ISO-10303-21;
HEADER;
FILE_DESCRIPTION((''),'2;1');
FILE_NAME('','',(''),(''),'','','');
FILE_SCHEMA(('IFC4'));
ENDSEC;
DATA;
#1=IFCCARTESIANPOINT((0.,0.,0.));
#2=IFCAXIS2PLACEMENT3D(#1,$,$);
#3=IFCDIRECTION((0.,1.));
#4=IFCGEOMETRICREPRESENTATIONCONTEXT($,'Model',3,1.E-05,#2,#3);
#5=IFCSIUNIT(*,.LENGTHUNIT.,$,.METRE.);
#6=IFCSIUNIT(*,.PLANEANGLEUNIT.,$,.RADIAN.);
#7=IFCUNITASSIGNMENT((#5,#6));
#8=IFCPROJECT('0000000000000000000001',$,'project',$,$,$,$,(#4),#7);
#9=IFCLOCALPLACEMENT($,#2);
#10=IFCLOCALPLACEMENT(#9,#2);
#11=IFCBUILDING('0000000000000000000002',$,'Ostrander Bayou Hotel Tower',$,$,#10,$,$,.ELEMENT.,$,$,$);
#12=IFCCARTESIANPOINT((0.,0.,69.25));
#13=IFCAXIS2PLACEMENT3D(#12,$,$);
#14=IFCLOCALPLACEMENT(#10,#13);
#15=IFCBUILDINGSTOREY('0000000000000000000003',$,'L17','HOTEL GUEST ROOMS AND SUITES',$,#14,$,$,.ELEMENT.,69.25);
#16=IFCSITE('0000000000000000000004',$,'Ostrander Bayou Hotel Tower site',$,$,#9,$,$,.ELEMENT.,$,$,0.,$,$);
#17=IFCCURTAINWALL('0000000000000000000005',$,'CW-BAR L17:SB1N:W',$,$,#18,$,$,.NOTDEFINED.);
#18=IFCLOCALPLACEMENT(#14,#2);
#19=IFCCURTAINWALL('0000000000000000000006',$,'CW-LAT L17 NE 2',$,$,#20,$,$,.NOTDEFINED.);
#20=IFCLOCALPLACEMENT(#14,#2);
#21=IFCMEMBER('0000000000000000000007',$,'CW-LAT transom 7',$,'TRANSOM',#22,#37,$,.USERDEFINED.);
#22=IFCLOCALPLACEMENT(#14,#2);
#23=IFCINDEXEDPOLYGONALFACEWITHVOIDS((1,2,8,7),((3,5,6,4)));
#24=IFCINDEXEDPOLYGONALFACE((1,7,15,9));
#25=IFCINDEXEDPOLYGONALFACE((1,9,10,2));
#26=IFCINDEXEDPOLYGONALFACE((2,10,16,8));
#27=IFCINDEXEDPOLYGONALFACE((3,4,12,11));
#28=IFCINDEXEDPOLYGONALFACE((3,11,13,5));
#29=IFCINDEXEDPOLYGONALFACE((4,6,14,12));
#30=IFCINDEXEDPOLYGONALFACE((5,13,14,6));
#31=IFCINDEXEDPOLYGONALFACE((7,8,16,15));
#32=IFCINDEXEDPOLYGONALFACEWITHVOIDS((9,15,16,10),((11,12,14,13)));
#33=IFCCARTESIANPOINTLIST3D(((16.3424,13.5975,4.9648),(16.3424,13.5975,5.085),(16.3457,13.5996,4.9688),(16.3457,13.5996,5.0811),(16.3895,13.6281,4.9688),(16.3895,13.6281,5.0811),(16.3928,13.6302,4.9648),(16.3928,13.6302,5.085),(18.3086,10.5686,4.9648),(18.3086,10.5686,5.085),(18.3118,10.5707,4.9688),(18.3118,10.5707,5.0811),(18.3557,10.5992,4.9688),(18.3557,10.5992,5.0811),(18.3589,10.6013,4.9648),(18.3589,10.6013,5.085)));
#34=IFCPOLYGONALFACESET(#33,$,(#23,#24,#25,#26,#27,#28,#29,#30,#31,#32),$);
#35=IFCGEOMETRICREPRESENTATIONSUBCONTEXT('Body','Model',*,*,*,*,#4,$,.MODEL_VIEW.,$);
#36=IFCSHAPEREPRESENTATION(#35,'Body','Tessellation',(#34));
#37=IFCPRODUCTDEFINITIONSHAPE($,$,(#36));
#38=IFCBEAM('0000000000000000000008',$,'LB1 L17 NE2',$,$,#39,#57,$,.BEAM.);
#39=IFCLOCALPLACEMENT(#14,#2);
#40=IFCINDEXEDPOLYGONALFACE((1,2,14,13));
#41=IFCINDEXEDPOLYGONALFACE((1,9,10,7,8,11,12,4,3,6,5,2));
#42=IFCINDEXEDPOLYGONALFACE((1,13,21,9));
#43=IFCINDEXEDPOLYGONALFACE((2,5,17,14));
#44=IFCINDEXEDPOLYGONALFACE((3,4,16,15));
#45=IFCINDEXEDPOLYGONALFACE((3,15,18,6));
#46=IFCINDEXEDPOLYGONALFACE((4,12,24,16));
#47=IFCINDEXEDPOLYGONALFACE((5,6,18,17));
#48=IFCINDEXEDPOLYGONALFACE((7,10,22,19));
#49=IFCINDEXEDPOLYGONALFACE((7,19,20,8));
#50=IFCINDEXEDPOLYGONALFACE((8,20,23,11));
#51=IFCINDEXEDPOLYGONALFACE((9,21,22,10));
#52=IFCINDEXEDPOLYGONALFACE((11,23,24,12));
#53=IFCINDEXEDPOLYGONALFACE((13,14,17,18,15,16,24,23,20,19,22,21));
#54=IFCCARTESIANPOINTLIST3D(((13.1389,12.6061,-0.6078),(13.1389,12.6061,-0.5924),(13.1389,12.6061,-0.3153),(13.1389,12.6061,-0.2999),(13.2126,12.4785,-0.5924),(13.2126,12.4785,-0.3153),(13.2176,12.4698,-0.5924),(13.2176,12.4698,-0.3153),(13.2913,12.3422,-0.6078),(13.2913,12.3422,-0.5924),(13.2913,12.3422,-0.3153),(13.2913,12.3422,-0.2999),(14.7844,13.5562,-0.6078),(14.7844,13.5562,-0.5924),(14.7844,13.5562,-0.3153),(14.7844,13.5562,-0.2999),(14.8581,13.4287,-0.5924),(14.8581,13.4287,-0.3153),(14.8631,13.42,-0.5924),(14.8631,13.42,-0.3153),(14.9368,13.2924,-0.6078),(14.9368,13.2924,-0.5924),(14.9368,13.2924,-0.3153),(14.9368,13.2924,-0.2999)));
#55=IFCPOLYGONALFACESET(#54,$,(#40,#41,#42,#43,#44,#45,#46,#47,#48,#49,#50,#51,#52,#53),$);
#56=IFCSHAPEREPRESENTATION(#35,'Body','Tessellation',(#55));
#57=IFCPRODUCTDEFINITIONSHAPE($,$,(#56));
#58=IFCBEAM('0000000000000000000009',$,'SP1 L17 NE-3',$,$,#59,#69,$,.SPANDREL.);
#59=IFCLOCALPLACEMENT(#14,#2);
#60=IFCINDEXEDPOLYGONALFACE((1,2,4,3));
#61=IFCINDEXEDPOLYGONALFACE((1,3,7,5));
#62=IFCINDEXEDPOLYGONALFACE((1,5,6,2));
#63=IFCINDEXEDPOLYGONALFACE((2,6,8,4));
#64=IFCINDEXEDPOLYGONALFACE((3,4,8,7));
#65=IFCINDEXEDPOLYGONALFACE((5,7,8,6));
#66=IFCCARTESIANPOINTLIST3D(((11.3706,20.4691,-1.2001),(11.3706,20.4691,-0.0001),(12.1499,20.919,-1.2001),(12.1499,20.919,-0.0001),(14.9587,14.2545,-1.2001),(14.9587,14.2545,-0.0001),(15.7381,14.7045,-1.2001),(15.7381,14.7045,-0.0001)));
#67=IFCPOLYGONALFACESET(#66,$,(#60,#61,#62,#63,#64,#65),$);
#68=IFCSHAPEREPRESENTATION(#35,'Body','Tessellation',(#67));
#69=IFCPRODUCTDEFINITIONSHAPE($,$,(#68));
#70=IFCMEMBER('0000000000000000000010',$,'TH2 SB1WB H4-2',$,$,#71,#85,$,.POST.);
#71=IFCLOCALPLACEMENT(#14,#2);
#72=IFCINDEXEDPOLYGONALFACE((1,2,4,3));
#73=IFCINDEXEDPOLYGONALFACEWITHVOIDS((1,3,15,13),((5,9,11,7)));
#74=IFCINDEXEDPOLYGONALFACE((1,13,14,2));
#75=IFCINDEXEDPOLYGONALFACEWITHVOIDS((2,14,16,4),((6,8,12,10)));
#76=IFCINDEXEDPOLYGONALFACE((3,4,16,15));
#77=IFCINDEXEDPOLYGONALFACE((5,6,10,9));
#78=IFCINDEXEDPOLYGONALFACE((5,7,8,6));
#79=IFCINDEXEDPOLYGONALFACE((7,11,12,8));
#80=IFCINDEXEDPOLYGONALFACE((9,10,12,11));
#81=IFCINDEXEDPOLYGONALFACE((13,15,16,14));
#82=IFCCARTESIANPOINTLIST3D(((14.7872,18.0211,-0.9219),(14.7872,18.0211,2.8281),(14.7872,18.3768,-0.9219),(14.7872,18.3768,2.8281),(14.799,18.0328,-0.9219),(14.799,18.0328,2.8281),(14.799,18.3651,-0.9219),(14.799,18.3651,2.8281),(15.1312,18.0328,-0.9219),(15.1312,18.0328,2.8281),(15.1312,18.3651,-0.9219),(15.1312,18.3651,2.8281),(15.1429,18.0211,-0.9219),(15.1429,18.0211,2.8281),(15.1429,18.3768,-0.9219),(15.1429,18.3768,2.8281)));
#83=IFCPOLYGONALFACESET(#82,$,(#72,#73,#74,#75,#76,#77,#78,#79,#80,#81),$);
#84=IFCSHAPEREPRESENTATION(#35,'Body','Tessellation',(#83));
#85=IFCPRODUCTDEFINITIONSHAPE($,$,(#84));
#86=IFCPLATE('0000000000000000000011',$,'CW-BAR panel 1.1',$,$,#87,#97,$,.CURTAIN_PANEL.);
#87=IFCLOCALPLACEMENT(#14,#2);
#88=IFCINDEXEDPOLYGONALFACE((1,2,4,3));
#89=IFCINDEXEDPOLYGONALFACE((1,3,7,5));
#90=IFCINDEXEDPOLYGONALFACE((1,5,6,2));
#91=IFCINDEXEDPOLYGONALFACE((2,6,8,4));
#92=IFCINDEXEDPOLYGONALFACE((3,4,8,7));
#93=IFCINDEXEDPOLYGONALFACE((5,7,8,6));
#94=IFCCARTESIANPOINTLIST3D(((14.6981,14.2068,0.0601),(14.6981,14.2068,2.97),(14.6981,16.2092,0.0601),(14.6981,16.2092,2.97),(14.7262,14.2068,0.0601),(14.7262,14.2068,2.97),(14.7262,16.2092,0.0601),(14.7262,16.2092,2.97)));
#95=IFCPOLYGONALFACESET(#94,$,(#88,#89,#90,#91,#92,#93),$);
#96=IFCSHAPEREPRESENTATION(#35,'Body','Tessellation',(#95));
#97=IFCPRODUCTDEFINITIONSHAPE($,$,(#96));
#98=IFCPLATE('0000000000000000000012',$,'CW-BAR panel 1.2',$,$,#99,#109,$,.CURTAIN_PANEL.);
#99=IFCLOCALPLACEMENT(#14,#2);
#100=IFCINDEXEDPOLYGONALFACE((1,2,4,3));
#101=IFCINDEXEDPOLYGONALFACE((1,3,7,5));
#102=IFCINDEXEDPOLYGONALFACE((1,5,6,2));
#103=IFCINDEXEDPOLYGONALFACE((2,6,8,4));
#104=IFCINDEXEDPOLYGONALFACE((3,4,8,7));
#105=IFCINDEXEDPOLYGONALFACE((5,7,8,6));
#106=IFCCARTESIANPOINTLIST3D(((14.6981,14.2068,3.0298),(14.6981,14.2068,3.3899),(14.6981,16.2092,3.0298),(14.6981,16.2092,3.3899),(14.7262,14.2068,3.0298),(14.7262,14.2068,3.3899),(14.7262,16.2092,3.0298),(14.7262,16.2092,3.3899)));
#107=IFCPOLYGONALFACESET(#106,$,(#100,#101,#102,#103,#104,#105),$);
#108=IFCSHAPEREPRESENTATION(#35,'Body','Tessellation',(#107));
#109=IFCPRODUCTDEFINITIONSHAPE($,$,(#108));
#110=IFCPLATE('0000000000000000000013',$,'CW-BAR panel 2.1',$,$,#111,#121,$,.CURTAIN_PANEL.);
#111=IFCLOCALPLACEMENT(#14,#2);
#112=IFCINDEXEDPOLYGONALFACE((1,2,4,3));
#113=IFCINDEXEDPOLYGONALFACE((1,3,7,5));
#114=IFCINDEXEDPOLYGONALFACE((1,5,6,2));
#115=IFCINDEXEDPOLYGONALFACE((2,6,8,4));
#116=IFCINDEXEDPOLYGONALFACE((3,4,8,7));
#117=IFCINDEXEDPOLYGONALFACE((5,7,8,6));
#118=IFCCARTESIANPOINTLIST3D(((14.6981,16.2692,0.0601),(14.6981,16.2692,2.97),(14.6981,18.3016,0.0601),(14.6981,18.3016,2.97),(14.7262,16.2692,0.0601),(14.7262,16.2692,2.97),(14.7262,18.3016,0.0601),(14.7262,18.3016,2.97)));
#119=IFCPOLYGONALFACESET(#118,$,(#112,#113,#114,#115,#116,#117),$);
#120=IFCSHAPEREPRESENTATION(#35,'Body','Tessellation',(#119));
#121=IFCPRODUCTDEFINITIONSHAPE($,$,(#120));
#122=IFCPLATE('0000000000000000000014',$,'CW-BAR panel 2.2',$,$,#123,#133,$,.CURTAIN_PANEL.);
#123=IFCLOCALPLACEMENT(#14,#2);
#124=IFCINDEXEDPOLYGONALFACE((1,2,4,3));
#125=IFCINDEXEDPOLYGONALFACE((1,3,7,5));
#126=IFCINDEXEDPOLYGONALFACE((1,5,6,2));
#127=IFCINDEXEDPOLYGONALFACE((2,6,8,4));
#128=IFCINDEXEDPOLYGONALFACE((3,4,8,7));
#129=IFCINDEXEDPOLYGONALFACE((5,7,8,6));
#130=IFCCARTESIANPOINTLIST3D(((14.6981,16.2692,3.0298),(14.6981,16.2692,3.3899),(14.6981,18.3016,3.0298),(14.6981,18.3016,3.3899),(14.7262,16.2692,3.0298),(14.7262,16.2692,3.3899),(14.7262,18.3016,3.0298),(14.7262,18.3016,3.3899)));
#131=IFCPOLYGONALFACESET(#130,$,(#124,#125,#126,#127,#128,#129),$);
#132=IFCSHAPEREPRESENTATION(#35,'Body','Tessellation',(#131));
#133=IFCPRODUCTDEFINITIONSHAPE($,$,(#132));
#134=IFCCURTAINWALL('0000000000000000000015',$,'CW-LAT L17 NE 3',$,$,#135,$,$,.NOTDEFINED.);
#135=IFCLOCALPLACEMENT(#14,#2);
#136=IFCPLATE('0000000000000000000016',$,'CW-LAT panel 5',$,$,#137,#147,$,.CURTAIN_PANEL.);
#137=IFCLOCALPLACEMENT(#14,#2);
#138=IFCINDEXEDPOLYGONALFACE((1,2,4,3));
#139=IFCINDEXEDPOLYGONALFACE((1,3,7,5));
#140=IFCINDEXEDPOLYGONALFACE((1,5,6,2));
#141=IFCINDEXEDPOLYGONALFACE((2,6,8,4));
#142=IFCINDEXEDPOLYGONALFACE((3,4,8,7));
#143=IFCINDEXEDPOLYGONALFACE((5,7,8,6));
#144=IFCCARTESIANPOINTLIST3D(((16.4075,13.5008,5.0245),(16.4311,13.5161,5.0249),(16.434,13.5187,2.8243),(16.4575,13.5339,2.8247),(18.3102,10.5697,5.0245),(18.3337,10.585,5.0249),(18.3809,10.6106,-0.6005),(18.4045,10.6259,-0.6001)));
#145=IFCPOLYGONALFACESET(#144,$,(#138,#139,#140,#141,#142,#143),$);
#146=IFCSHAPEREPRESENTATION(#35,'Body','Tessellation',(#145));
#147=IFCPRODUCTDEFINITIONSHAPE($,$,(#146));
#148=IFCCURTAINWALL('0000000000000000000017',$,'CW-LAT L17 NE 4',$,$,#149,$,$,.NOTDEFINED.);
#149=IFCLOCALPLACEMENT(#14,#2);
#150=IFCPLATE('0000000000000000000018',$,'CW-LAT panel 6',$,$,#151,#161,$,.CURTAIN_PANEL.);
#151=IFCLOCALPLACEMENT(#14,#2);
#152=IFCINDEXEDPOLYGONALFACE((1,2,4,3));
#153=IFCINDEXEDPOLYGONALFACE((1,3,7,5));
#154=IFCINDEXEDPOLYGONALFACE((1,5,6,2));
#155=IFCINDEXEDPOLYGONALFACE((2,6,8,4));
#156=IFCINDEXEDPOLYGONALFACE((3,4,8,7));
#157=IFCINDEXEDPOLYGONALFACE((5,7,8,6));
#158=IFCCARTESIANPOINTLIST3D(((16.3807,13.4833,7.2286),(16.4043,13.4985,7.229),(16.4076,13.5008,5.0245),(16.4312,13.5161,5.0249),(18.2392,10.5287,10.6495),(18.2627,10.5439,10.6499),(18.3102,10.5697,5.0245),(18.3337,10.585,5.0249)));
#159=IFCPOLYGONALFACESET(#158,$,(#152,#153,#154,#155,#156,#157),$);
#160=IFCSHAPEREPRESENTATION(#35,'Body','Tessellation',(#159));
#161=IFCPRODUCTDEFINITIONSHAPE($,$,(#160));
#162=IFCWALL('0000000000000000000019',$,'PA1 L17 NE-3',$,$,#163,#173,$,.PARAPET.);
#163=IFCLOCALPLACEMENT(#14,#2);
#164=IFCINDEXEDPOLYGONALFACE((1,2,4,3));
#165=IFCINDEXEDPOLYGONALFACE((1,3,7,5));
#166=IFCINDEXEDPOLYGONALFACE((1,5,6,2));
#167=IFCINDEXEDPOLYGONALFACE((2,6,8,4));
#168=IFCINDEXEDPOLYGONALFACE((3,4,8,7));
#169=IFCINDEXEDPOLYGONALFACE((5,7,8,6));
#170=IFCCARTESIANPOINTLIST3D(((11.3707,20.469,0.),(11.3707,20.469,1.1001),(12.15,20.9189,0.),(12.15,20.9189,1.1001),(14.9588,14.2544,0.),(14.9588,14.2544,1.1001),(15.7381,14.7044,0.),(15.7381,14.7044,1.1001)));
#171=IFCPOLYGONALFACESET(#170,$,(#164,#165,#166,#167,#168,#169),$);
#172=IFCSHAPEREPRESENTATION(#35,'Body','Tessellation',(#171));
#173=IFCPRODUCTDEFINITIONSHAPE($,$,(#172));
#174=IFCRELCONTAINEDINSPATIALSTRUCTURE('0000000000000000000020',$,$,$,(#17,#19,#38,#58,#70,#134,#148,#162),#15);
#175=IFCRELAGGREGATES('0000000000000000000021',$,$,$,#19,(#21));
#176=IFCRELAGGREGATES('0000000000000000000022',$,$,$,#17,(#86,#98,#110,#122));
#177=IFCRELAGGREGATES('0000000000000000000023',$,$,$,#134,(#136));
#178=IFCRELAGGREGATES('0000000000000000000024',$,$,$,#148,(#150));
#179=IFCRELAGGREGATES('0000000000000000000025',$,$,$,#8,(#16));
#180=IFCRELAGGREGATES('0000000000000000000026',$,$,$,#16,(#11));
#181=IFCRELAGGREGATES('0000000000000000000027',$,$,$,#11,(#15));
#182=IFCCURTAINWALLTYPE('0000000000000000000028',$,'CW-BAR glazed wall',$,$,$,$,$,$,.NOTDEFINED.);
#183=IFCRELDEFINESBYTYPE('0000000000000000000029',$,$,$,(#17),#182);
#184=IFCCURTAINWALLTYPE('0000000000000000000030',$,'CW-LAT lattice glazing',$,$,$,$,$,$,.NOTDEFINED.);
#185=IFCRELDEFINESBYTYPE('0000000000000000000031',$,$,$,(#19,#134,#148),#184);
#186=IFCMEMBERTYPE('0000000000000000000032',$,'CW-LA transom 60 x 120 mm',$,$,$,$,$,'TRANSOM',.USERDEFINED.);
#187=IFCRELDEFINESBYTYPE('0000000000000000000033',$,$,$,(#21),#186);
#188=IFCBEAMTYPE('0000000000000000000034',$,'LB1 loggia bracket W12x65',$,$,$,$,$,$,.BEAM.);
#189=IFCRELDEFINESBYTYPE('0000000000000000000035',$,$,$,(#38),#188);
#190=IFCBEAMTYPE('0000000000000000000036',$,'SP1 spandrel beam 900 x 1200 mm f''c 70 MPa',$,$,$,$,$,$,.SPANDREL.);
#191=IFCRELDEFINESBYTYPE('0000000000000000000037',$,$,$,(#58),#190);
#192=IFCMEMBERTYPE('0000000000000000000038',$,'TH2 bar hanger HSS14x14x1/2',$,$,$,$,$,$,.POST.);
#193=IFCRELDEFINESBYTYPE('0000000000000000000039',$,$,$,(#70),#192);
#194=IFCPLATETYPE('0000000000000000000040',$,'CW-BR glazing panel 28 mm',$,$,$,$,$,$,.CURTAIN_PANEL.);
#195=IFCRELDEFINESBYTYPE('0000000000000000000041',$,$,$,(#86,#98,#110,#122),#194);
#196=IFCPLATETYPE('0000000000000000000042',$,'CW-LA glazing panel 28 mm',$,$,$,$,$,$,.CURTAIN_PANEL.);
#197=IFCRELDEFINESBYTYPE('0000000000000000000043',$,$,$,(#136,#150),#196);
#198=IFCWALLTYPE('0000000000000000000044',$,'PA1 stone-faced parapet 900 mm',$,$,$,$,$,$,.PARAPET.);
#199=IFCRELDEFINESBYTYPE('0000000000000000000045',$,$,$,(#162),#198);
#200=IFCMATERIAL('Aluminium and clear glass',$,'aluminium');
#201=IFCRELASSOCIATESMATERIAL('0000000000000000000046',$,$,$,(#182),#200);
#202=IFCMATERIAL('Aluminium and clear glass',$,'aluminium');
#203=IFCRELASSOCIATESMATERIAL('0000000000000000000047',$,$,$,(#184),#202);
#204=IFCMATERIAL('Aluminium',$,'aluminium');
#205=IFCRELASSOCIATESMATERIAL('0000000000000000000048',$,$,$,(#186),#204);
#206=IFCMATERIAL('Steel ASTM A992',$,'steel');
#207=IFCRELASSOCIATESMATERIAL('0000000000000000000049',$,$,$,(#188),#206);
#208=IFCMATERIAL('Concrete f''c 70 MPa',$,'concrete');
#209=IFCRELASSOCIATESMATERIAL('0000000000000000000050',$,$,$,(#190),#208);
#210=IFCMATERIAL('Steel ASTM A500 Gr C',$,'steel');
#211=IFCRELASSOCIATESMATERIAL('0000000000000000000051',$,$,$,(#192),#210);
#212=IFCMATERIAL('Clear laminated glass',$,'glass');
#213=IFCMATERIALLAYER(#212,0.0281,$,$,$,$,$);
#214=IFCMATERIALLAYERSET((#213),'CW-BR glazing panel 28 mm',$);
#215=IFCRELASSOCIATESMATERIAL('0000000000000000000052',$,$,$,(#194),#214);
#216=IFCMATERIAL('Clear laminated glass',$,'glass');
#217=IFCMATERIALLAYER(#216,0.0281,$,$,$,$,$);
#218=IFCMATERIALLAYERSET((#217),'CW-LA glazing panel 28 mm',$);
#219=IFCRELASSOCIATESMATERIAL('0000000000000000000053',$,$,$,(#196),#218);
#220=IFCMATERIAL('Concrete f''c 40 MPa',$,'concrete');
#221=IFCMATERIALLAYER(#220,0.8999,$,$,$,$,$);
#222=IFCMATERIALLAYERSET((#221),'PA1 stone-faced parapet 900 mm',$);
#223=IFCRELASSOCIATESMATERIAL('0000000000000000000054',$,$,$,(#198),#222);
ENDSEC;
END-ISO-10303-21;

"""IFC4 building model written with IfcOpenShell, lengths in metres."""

from ifc_helpers import new_model, si_unit, direction, frame, frame_2d, origin, origin_2d, place, context, subcontext, project, spatial, polyline, rectangle, hollow_rectangle, i_section, outline, extrude, material, layer, layer_set, material_profile, profile_set, type_object, element, aggregate, save


model = new_model("IFC4")

# Units and contexts
model_context = context("Model", 3, precision=1e-05, world=origin(), true_north=direction((0.0, 1.0)))
body_context = subcontext(model_context, "Body", "Model", "MODEL_VIEW")
ifc_project = project(units=[si_unit("LENGTHUNIT", "METRE"), si_unit("PLANEANGLEUNIT", "RADIAN")], contexts=[model_context])

# Site, building, storey
site_placement = place(None, origin())
site = spatial("IfcSite", under=ifc_project, at=site_placement, Name="Ostrander Bayou Hotel Tower site", CompositionType="ELEMENT", RefElevation=0.0)
building_placement = place(site_placement, origin())
building = spatial("IfcBuilding", under=site, at=building_placement, Name="Ostrander Bayou Hotel Tower", CompositionType="ELEMENT")
storey_placement = place(building_placement, frame((0.0, 0.0, 69.25)))
storey = spatial("IfcBuildingStorey", under=building, at=storey_placement, Name="L17", Description="HOTEL GUEST ROOMS AND SUITES", CompositionType="ELEMENT", Elevation=69.25)

# Curtain wall
ifc_material_1 = material(Name="Aluminium and clear glass", Category="aluminium")
curtain_wall_type_1 = type_object("IfcCurtainWallType", Name="CW-BAR glazed wall", PredefinedType="NOTDEFINED", material=ifc_material_1)
curtain_wall_1_placement = place(storey_placement, origin())
curtain_wall_1 = element("IfcCurtainWall", 1, at=curtain_wall_1_placement, inside=storey, type_object=curtain_wall_type_1, Name="CW-BAR L17:SB1N:W", PredefinedType="NOTDEFINED")

# Shared definitions
ifc_material_2 = material(Name="Aluminium and clear glass", Category="aluminium")
curtain_wall_type_2 = type_object("IfcCurtainWallType", Name="CW-LAT lattice glazing", PredefinedType="NOTDEFINED", material=ifc_material_2)

# Curtain wall, member
curtain_wall_2_placement = place(storey_placement, origin())
curtain_wall_2 = element("IfcCurtainWall", 2, at=curtain_wall_2_placement, inside=storey, type_object=curtain_wall_type_2, Name="CW-LAT L17 NE 2", PredefinedType="NOTDEFINED")
ifc_material_3 = material(Name="Aluminium", Category="aluminium")
ifc_material_profile_1 = material_profile(ifc_material_3, hollow_rectangle(XDim=0.0601, YDim=0.1201, WallThickness=0.0039, at=origin_2d()))
ifc_profile_set_1 = profile_set([ifc_material_profile_1], Name="Aluminium")
member_type_1 = type_object("IfcMemberType", Name="CW-LA transom 60 x 120 mm", ElementType="TRANSOM", PredefinedType="USERDEFINED", material=ifc_profile_set_1)
member_1_placement = place(storey_placement, frame((18.3337, 10.585, 5.0249), z_axis=(-0.54447, 0.83878, 0.0), x_axis=(-0.83878, -0.54447, 0.0)))
member_1 = element("IfcMember", 3, at=member_1_placement, type_object=member_type_1, Name="CW-LAT transom 7", ObjectType="TRANSOM", PredefinedType="USERDEFINED", context=body_context, shape_type="SweptSolid", body=[
    extrude(hollow_rectangle(XDim=0.0601, YDim=0.1201, WallThickness=0.0039, at=origin_2d()), origin(), (0.0, 0.0, 1.0), 3.6111),
])
aggregate(curtain_wall_2, [member_1])

# Beams
ifc_material_4 = material(Name="Steel ASTM A992", Category="steel")
ifc_material_profile_2 = material_profile(ifc_material_4, i_section(OverallWidth=0.3047, OverallDepth=0.3079, WebThickness=0.01, FlangeThickness=0.0154, at=origin_2d()))
ifc_profile_set_2 = profile_set([ifc_material_profile_2], Name="Steel ASTM A992")
beam_type_1 = type_object("IfcBeamType", Name="LB1 loggia bracket W12x65", PredefinedType="BEAM", material=ifc_profile_set_2)
beam_1_placement = place(storey_placement, frame((14.8606, 13.4243, -0.4539), z_axis=(-0.865989, -0.500064, 0.0), x_axis=(0.500064, -0.865989, 0.0)))
element("IfcBeam", 4, at=beam_1_placement, inside=storey, type_object=beam_type_1, Name="LB1 L17 NE2", PredefinedType="BEAM", context=body_context, shape_type="SweptSolid", body=[
    extrude(i_section(OverallWidth=0.3047, OverallDepth=0.3079, WebThickness=0.01, FlangeThickness=0.0154, at=origin_2d()), origin(), (0.0, 0.0, 1.0), 1.9001),
])
ifc_material_5 = material(Name="Concrete f'c 70 MPa", Category="concrete")
ifc_material_profile_3 = material_profile(ifc_material_5, rectangle(XDim=0.8999, YDim=1.2, at=origin_2d()))
ifc_profile_set_3 = profile_set([ifc_material_profile_3], Name="Concrete f'c 70 MPa")
beam_type_2 = type_object("IfcBeamType", Name="SP1 spandrel beam 900 x 1200 mm f'c 70 MPa", PredefinedType="SPANDREL", material=ifc_profile_set_3)
beam_2_placement = place(storey_placement, frame((15.3484, 14.4795, -0.6001), z_axis=(-0.500014, 0.866017, 0.0), x_axis=(-0.866017, -0.500014, 0.0)))
element("IfcBeam", 5, at=beam_2_placement, inside=storey, type_object=beam_type_2, Name="SP1 L17 NE-3", PredefinedType="SPANDREL", context=body_context, shape_type="SweptSolid", body=[
    extrude(rectangle(XDim=0.8999, YDim=1.2, at=origin_2d()), origin(), (0.0, 0.0, 1.0), 7.176),
])

# Member
ifc_material_6 = material(Name="Steel ASTM A500 Gr C", Category="steel")
ifc_material_profile_4 = material_profile(ifc_material_6, hollow_rectangle(XDim=0.3557, YDim=0.3557, WallThickness=0.0117, at=origin_2d()))
ifc_profile_set_4 = profile_set([ifc_material_profile_4], Name="Steel ASTM A500 Gr C")
member_type_2 = type_object("IfcMemberType", Name="TH2 bar hanger HSS14x14x1/2", PredefinedType="POST", material=ifc_profile_set_4)
member_2_placement = place(storey_placement, frame((14.9651, 18.199, -0.9219), z_axis=(0.0, 0.0, 1.0), x_axis=(1.0, 0.0, 0.0)))
element("IfcMember", 6, at=member_2_placement, inside=storey, type_object=member_type_2, Name="TH2 SB1WB H4-2", PredefinedType="POST", context=body_context, shape_type="SweptSolid", body=[
    extrude(hollow_rectangle(XDim=0.3557, YDim=0.3557, WallThickness=0.0117, at=origin_2d()), origin(), (0.0, 0.0, 1.0), 3.75),
])

# Plates
ifc_material_7 = material(Name="Clear laminated glass", Category="glass")
ifc_layer_1 = layer(ifc_material_7, 0.0281)
ifc_layer_set_1 = layer_set([ifc_layer_1], Name="CW-BR glazing panel 28 mm")
plate_type_1 = type_object("IfcPlateType", Name="CW-BR glazing panel 28 mm", PredefinedType="CURTAIN_PANEL", material=ifc_layer_set_1)
plate_1_placement = place(storey_placement, frame((14.7122, 15.208, 0.0601), z_axis=(0.0, 0.0, 1.0), x_axis=(0.0, 1.0, 0.0)))
plate_1 = element("IfcPlate", 7, at=plate_1_placement, type_object=plate_type_1, Name="CW-BAR panel 1.1", PredefinedType="CURTAIN_PANEL", context=body_context, shape_type="SweptSolid", body=[
    extrude(rectangle(XDim=2.0024, YDim=0.0281, at=origin_2d()), origin(), (0.0, 0.0, 1.0), 2.9099),
])
plate_2_placement = place(storey_placement, frame((14.7122, 15.208, 3.0298), z_axis=(0.0, 0.0, 1.0), x_axis=(0.0, 1.0, 0.0)))
plate_2 = element("IfcPlate", 8, at=plate_2_placement, type_object=plate_type_1, Name="CW-BAR panel 1.2", PredefinedType="CURTAIN_PANEL", context=body_context, shape_type="SweptSolid", body=[
    extrude(rectangle(XDim=2.0024, YDim=0.0281, at=origin_2d()), origin(), (0.0, 0.0, 1.0), 0.3601),
])
plate_3_placement = place(storey_placement, frame((14.7122, 17.2854, 0.0601), z_axis=(0.0, 0.0, 1.0), x_axis=(0.0, 1.0, 0.0)))
plate_3 = element("IfcPlate", 9, at=plate_3_placement, type_object=plate_type_1, Name="CW-BAR panel 2.1", PredefinedType="CURTAIN_PANEL", context=body_context, shape_type="SweptSolid", body=[
    extrude(rectangle(XDim=2.0325, YDim=0.0281, at=origin_2d()), origin(), (0.0, 0.0, 1.0), 2.9099),
])
plate_4_placement = place(storey_placement, frame((14.7122, 17.2854, 3.0298), z_axis=(0.0, 0.0, 1.0), x_axis=(0.0, 1.0, 0.0)))
plate_4 = element("IfcPlate", 10, at=plate_4_placement, type_object=plate_type_1, Name="CW-BAR panel 2.2", PredefinedType="CURTAIN_PANEL", context=body_context, shape_type="SweptSolid", body=[
    extrude(rectangle(XDim=2.0325, YDim=0.0281, at=origin_2d()), origin(), (0.0, 0.0, 1.0), 0.3601),
])
aggregate(curtain_wall_1, [plate_1, plate_2, plate_3, plate_4])

# Curtain walls, plates
curtain_wall_3_placement = place(storey_placement, origin())
curtain_wall_3 = element("IfcCurtainWall", 11, at=curtain_wall_3_placement, inside=storey, type_object=curtain_wall_type_2, Name="CW-LAT L17 NE 3", PredefinedType="NOTDEFINED")
ifc_material_8 = material(Name="Clear laminated glass", Category="glass")
ifc_layer_2 = layer(ifc_material_8, 0.0281)
ifc_layer_set_2 = layer_set([ifc_layer_2], Name="CW-LA glazing panel 28 mm")
plate_type_2 = type_object("IfcPlateType", Name="CW-LA glazing panel 28 mm", PredefinedType="CURTAIN_PANEL", material=ifc_layer_set_2)
plate_5_placement = place(storey_placement, frame((16.4575, 13.5339, 2.8247), z_axis=(0.838687, 0.54442, 0.014508), x_axis=(0.397612, -0.593888, -0.69943)))
plate_5 = element("IfcPlate", 12, at=plate_5_placement, type_object=plate_type_2, Name="CW-LAT panel 5", PredefinedType="CURTAIN_PANEL", context=body_context, shape_type="SweptSolid", body=[
    extrude(outline(polyline([(0.0, 0.0), (4.8966, 0.0), (0.9585, -4.0173), (-1.5388, -1.5729), (0.0, 0.0)])), origin(), (0.0, 0.0, -1.0), 0.0281),
])
aggregate(curtain_wall_3, [plate_5])
curtain_wall_4_placement = place(storey_placement, origin())
curtain_wall_4 = element("IfcCurtainWall", 13, at=curtain_wall_4_placement, inside=storey, type_object=curtain_wall_type_2, Name="CW-LAT L17 NE 4", PredefinedType="NOTDEFINED")
plate_6_placement = place(storey_placement, frame((16.4043, 13.4985, 7.229), z_axis=(0.838703, 0.544394, 0.014562), x_axis=(0.38025, -0.604543, 0.699955)))
plate_6 = element("IfcPlate", 14, at=plate_6_placement, type_object=plate_type_2, Name="CW-LAT panel 6", PredefinedType="CURTAIN_PANEL", context=body_context, shape_type="SweptSolid", body=[
    extrude(outline(polyline([(0.0, 0.0), (4.8873, 0.0), (0.9523, 4.0203), (-1.5432, 1.5741), (0.0, 0.0)])), origin(), (0.0, 0.0, -1.0), 0.0281),
])
aggregate(curtain_wall_4, [plate_6])

# Wall
ifc_material_9 = material(Name="Concrete f'c 40 MPa", Category="concrete")
ifc_layer_3 = layer(ifc_material_9, 0.8999)
ifc_layer_set_3 = layer_set([ifc_layer_3], Name="PA1 stone-faced parapet 900 mm")
wall_type = type_object("IfcWallType", Name="PA1 stone-faced parapet 900 mm", PredefinedType="PARAPET", material=ifc_layer_set_3)
wall_placement = place(storey_placement, frame((15.3484, 14.4795, 0.0), z_axis=(0.0, 0.0, 1.0), x_axis=(-0.500014, 0.866017, 0.0)))
element("IfcWall", 15, at=wall_placement, inside=storey, type_object=wall_type, Name="PA1 L17 NE-3", PredefinedType="PARAPET", context=body_context, shape_type="SweptSolid", body=[
    extrude(rectangle(XDim=7.176, YDim=0.8999, at=frame_2d((3.5879, 0.0))), origin(), (0.0, 0.0, 1.0), 1.1001),
])

save(model, "model.ifc")
